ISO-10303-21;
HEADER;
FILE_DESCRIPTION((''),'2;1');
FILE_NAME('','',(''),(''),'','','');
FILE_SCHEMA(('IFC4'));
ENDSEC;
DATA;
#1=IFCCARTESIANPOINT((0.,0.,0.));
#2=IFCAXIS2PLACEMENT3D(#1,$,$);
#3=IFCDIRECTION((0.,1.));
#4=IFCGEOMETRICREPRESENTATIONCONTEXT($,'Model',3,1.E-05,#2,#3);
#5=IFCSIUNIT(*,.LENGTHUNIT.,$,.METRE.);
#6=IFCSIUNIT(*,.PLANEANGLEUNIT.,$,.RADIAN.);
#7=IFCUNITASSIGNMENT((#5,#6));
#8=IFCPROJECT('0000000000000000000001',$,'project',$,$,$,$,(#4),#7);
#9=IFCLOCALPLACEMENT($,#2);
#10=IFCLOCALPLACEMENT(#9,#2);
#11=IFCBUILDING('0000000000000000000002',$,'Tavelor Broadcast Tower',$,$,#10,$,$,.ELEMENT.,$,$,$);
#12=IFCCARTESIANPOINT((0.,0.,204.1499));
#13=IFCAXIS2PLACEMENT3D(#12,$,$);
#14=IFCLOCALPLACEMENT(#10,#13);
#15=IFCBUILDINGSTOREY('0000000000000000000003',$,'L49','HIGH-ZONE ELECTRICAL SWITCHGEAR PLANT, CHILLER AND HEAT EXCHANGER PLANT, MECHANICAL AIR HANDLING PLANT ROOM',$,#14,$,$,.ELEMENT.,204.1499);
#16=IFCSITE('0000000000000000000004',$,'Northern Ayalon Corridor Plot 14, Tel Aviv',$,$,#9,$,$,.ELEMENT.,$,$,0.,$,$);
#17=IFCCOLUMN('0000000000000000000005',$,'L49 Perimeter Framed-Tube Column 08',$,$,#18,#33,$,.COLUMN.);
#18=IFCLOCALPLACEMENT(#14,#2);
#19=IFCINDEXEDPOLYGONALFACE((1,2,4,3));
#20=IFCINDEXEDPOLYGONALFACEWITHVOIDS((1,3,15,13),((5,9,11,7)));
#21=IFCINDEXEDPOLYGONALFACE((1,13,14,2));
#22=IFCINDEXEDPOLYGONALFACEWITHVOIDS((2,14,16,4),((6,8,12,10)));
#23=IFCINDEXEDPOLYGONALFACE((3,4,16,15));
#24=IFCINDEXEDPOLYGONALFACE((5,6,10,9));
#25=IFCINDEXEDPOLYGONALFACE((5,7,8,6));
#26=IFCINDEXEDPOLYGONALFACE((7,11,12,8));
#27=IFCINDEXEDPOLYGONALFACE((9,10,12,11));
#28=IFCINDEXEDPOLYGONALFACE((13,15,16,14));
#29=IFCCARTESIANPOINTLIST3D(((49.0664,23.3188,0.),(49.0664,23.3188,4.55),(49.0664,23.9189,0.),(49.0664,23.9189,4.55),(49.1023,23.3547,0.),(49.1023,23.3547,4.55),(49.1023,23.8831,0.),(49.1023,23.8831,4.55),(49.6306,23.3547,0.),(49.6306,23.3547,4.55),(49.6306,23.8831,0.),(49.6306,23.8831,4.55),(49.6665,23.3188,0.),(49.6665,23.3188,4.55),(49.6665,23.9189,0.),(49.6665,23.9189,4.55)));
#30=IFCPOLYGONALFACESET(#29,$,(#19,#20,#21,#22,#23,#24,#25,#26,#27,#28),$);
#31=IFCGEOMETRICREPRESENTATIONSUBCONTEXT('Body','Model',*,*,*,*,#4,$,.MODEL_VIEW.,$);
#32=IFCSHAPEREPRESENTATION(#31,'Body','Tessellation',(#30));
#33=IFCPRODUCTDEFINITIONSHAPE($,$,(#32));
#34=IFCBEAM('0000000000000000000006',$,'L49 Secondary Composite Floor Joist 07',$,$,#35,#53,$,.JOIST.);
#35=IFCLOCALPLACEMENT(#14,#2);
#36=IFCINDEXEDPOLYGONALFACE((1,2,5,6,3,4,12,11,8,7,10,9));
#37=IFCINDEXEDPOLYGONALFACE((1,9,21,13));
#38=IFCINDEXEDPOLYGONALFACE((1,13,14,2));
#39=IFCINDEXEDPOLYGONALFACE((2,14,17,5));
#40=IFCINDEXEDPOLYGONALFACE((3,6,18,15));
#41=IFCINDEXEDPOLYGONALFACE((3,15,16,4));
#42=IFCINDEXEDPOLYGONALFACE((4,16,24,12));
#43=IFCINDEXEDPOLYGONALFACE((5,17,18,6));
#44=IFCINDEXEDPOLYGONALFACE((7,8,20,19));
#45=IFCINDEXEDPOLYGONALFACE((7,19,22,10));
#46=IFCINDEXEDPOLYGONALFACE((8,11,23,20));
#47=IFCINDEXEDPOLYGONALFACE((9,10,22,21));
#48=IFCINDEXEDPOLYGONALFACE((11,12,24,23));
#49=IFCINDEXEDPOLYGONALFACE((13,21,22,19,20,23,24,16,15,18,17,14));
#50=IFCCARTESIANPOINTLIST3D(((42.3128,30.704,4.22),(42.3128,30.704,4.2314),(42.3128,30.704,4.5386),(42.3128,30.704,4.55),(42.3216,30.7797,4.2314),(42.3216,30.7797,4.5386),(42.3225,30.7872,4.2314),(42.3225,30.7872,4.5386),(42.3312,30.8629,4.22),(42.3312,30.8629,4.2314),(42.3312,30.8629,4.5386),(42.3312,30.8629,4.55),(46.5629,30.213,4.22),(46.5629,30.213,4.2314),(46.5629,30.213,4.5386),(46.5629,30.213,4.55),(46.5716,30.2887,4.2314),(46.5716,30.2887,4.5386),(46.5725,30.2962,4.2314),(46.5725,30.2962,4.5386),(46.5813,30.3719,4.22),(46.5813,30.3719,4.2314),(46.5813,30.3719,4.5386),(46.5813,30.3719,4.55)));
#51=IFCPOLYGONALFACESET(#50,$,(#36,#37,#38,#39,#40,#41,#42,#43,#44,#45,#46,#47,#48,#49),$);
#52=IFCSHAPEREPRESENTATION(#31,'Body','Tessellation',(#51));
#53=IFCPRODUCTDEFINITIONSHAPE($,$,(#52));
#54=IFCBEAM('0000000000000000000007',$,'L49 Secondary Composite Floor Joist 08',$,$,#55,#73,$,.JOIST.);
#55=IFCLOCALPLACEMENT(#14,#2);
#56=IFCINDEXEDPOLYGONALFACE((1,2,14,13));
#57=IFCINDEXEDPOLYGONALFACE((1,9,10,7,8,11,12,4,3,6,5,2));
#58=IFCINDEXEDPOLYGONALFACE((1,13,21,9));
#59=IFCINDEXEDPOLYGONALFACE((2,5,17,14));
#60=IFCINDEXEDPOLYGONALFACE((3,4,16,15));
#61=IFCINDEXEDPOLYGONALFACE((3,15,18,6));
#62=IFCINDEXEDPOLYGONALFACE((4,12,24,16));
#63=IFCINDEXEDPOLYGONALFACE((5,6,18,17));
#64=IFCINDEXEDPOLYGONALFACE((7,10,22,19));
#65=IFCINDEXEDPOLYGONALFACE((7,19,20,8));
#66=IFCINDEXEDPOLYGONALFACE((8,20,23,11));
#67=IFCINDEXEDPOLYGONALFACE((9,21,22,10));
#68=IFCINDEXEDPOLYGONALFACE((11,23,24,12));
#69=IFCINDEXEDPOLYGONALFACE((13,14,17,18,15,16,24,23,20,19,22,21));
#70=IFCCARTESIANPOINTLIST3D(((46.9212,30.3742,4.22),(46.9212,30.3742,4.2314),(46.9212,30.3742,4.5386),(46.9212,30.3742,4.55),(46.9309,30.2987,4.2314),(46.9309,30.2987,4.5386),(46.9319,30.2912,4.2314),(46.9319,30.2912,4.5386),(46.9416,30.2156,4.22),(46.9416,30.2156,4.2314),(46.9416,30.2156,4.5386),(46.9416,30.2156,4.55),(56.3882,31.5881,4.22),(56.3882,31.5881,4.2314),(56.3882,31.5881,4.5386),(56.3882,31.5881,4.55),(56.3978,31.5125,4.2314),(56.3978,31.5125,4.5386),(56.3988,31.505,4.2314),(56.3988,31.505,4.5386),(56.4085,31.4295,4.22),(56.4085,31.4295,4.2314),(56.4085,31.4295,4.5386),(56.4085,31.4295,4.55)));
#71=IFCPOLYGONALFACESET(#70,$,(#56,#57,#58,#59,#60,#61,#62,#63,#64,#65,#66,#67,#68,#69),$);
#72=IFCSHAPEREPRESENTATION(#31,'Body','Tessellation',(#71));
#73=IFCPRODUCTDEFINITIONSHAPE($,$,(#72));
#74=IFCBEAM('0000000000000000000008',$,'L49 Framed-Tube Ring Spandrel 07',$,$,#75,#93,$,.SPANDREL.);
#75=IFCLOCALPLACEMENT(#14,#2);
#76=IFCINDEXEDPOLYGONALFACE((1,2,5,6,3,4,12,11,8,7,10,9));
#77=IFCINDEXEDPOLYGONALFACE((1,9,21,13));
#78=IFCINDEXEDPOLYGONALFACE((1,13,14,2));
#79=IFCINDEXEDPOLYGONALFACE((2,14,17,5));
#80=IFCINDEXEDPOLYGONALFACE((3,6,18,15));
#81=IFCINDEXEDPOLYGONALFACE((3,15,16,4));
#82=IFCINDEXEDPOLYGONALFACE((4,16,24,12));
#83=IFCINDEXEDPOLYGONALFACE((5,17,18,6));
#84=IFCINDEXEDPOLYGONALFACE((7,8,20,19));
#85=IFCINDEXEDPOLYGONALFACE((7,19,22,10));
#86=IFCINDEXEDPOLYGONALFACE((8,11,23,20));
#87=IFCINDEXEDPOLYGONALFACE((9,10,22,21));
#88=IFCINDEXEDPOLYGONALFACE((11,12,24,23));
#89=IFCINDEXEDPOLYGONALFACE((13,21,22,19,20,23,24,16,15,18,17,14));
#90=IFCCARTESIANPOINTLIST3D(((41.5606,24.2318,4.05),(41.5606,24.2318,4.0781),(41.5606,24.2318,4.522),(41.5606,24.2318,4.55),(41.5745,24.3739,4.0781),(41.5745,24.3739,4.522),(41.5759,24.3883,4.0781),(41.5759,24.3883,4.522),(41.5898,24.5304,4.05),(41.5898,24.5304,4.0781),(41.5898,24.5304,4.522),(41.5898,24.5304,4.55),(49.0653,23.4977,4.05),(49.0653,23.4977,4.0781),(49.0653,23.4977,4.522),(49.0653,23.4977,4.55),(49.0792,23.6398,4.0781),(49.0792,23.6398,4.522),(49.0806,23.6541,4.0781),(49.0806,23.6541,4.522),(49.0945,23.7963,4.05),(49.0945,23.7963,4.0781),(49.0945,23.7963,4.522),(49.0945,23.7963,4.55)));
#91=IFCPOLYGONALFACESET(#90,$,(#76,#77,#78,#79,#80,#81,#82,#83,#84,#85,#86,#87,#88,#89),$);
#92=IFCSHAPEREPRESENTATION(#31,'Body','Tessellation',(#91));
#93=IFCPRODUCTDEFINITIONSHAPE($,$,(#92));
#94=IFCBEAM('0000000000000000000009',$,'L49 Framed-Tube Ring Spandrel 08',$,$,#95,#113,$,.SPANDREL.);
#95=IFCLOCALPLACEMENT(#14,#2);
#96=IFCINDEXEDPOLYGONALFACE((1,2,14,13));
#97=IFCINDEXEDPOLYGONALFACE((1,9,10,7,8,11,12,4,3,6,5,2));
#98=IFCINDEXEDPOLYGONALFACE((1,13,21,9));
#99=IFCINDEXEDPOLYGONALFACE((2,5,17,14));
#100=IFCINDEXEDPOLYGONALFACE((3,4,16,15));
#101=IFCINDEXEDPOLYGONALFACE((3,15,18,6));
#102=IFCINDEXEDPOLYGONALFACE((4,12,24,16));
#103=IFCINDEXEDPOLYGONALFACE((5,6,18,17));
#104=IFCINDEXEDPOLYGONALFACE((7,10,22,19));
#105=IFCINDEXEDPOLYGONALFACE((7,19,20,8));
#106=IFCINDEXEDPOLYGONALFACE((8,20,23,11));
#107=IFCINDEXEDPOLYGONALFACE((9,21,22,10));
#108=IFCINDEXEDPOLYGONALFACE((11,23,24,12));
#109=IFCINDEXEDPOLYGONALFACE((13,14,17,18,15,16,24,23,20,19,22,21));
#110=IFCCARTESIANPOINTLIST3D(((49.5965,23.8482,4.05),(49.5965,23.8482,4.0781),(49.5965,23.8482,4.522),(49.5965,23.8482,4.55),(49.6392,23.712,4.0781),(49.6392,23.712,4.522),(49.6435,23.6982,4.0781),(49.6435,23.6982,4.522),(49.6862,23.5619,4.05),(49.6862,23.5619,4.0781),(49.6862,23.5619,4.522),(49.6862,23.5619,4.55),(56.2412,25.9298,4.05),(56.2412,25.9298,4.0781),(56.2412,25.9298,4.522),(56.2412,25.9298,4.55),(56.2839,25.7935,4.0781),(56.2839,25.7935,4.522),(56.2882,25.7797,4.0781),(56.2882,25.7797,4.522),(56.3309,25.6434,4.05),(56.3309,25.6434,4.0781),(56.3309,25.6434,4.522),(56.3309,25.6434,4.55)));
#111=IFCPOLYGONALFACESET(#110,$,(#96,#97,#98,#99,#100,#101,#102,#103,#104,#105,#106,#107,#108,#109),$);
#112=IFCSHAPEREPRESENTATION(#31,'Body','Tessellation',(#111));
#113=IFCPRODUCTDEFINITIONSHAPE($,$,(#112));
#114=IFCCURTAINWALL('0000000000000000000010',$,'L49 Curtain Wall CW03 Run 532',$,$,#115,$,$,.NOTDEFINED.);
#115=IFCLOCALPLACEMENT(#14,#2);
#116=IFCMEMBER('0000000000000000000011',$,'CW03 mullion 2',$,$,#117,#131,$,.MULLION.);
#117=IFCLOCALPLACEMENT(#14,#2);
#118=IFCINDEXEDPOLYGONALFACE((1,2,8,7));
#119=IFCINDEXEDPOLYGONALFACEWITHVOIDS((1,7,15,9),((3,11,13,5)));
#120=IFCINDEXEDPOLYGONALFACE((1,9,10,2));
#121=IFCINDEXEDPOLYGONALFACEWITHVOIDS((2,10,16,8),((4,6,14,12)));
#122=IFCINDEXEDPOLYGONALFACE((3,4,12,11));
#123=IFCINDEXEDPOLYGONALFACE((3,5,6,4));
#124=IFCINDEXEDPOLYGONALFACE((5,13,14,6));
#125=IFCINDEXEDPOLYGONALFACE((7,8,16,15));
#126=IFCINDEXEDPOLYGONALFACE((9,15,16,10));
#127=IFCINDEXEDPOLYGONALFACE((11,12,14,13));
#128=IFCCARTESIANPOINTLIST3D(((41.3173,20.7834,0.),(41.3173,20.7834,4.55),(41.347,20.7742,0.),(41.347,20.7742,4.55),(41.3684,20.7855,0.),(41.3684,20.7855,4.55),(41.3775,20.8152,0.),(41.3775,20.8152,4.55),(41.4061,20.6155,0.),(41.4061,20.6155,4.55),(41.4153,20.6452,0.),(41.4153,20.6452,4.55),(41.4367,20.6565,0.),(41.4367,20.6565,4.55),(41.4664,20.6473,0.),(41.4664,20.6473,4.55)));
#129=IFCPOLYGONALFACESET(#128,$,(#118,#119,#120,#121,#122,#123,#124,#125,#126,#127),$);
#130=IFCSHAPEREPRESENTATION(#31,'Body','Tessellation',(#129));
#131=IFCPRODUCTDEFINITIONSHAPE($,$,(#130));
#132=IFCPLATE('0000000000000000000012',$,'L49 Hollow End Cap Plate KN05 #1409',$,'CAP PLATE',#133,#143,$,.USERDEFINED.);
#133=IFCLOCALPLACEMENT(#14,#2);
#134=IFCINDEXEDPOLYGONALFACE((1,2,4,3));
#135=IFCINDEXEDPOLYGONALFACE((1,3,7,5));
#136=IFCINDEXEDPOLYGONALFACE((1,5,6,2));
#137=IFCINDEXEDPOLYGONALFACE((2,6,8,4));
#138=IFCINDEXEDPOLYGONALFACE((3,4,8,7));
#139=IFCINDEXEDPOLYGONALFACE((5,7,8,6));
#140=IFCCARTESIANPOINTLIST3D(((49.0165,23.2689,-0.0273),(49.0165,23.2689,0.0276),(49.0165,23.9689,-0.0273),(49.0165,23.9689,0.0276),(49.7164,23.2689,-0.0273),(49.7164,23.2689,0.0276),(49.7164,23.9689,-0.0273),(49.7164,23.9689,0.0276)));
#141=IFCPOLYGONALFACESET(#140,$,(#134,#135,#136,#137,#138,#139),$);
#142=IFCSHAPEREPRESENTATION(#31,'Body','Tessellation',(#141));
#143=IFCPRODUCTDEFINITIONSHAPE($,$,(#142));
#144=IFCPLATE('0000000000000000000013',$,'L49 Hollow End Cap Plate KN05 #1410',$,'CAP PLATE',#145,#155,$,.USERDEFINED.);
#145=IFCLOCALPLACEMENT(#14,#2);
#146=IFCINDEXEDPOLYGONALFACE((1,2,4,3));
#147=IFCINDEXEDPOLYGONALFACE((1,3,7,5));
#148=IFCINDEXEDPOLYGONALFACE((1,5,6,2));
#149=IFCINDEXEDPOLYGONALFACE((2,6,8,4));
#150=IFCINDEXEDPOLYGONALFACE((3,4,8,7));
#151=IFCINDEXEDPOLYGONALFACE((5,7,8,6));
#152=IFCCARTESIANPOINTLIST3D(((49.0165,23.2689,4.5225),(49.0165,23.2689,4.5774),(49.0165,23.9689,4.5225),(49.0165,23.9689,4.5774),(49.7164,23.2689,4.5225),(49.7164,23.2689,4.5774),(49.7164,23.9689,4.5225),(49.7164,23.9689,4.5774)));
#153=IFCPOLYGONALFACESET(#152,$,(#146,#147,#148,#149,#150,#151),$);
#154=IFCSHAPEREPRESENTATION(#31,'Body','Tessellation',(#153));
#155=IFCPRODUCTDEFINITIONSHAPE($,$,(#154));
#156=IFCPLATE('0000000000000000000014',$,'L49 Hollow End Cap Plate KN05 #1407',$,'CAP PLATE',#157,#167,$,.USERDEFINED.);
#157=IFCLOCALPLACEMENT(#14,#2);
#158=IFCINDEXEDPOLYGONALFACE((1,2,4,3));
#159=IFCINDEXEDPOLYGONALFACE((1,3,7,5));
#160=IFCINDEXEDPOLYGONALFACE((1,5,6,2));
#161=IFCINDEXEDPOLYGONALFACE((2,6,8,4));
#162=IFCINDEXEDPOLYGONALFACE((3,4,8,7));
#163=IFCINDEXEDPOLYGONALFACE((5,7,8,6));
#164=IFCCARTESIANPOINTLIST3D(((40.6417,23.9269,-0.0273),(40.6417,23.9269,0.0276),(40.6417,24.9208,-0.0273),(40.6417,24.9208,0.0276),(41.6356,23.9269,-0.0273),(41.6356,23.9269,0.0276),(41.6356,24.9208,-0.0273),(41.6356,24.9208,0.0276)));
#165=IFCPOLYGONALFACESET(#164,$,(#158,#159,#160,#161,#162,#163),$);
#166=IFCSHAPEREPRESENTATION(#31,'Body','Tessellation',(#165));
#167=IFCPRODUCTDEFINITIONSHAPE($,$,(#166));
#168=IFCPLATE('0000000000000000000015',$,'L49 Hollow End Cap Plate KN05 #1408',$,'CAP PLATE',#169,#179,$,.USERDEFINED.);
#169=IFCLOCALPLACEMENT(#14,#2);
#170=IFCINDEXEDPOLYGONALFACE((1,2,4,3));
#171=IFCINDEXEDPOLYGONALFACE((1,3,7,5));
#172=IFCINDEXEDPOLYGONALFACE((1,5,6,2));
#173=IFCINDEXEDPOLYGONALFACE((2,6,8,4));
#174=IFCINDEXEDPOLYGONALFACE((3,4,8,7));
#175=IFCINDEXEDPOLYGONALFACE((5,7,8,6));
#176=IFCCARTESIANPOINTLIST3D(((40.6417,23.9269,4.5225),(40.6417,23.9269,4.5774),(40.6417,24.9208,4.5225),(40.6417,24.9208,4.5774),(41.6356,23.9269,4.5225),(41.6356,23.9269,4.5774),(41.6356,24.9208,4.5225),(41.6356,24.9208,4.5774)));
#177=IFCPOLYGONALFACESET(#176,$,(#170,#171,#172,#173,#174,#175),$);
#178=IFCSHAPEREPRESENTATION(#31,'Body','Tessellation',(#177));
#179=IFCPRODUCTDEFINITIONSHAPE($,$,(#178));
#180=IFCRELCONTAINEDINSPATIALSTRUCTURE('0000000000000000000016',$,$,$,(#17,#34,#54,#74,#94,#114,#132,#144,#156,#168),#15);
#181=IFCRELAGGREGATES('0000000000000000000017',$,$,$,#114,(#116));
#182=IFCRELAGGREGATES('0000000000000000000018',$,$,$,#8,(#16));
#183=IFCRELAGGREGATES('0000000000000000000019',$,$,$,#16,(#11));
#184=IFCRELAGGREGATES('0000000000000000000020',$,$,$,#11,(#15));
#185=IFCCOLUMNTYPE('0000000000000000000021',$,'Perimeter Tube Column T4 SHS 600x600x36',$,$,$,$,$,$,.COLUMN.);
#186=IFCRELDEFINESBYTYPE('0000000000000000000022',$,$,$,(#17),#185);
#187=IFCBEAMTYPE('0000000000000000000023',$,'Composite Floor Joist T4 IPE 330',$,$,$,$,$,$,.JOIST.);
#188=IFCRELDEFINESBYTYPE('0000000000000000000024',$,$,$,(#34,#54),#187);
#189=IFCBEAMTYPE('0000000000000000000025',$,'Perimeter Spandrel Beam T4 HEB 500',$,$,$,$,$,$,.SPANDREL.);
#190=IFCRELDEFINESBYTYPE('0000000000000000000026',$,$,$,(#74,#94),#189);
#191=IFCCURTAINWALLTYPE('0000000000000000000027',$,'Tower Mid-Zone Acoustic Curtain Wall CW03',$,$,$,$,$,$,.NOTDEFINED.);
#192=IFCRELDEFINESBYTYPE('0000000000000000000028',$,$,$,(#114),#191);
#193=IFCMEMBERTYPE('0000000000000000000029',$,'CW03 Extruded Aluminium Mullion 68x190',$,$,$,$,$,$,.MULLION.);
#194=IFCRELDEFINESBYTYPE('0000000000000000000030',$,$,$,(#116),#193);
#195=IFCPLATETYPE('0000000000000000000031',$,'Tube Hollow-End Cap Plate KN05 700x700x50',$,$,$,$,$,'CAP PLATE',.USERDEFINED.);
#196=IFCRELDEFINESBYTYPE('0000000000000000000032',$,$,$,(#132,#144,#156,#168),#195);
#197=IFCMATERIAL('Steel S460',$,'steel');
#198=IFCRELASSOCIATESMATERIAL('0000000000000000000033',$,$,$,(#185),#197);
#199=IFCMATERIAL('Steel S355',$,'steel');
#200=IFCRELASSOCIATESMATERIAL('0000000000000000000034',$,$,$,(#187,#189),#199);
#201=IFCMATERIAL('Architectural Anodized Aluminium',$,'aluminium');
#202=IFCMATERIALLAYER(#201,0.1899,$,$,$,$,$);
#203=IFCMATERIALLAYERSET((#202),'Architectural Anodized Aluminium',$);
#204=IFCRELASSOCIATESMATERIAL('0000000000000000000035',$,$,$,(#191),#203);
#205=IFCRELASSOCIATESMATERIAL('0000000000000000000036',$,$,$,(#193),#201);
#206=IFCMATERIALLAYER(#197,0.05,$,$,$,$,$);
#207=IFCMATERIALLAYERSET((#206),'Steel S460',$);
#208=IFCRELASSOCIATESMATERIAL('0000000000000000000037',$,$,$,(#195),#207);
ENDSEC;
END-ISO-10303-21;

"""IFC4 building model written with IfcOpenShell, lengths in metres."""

from ifc_helpers import new_model, si_unit, direction, frame, origin, origin_2d, place, context, subcontext, project, spatial, rectangle, hollow_rectangle, i_section, extrude, source, transform, mapped, material, layer, layer_set, material_profile, profile_set, type_object, type_shapes, element, aggregate, save


model = new_model("IFC4")

# Units and contexts
model_context = context("Model", 3, precision=1e-05, world=origin(), true_north=direction((0.0, 1.0)))
body_context = subcontext(model_context, "Body", "Model", "MODEL_VIEW")
ifc_project = project(units=[si_unit("LENGTHUNIT", "METRE"), si_unit("PLANEANGLEUNIT", "RADIAN")], contexts=[model_context])

# Site, building, storey
site_placement = place(None, origin())
site = spatial("IfcSite", under=ifc_project, at=site_placement, Name="Northern Ayalon Corridor Plot 14, Tel Aviv", CompositionType="ELEMENT", RefElevation=0.0)
building_placement = place(site_placement, origin())
building = spatial("IfcBuilding", under=site, at=building_placement, Name="Tavelor Broadcast Tower", CompositionType="ELEMENT")
storey_placement = place(building_placement, frame((0.0, 0.0, 204.1499)))
storey = spatial("IfcBuildingStorey", under=building, at=storey_placement, Name="L49", Description="HIGH-ZONE ELECTRICAL SWITCHGEAR PLANT, CHILLER AND HEAT EXCHANGER PLANT, MECHANICAL AIR HANDLING PLANT ROOM", CompositionType="ELEMENT", Elevation=204.1499)

# Column
ifc_material_1 = material(Name="Steel S460", Category="steel")
ifc_material_profile_1 = material_profile(ifc_material_1, hollow_rectangle(XDim=0.6001, YDim=0.6001, WallThickness=0.0359, at=origin_2d()), Name="SHS 600x600x36")
ifc_profile_set_1 = profile_set([ifc_material_profile_1], Name="Steel S460")
column_type = type_object("IfcColumnType", Name="Perimeter Tube Column T4 SHS 600x600x36", PredefinedType="COLUMN", material=ifc_profile_set_1)
column_placement = place(storey_placement, frame((49.3665, 23.6189, 0.0), z_axis=(0.0, 0.0, 1.0), x_axis=(1.0, 0.0, 0.0)))
element("IfcColumn", 1, at=column_placement, inside=storey, type_object=column_type, Name="L49 Perimeter Framed-Tube Column 08", PredefinedType="COLUMN", context=body_context, shape_type="SweptSolid", body=[
    extrude(hollow_rectangle(XDim=0.6001, YDim=0.6001, WallThickness=0.0359, at=origin_2d()), origin(), (0.0, 0.0, 1.0), 4.55),
])

# Beams
ifc_material_2 = material(Name="Steel S355", Category="steel")
ifc_material_profile_2 = material_profile(ifc_material_2, i_section(OverallWidth=0.1599, OverallDepth=0.3301, WebThickness=0.0076, FlangeThickness=0.0115, at=origin_2d()), Name="IPE 330")
ifc_profile_set_2 = profile_set([ifc_material_profile_2], Name="Steel S355")
beam_type_1 = type_object("IfcBeamType", Name="Composite Floor Joist T4 IPE 330", PredefinedType="JOIST", material=ifc_profile_set_2)
beam_1_placement = place(storey_placement, frame((42.322, 30.7834, 4.385), z_axis=(0.993393, -0.114758, 0.0), x_axis=(0.114758, 0.993393, 0.0)))
element("IfcBeam", 2, at=beam_1_placement, inside=storey, type_object=beam_type_1, Name="L49 Secondary Composite Floor Joist 07", PredefinedType="JOIST", context=body_context, shape_type="SweptSolid", body=[
    extrude(i_section(OverallWidth=0.1599, OverallDepth=0.3301, WebThickness=0.0076, FlangeThickness=0.0115, at=origin_2d()), origin(), (0.0, 0.0, 1.0), 4.2783),
])
beam_2_placement = place(storey_placement, frame((46.9314, 30.2949, 4.385), z_axis=(0.99188, 0.127179, 0.0), x_axis=(-0.127179, 0.99188, 0.0)))
element("IfcBeam", 3, at=beam_2_placement, inside=storey, type_object=beam_type_1, Name="L49 Secondary Composite Floor Joist 08", PredefinedType="JOIST", context=body_context, shape_type="SweptSolid", body=[
    extrude(i_section(OverallWidth=0.1599, OverallDepth=0.3301, WebThickness=0.0076, FlangeThickness=0.0115, at=origin_2d()), origin(), (0.0, 0.0, 1.0), 9.5444),
])
ifc_material_profile_3 = material_profile(ifc_material_2, i_section(OverallWidth=0.3, OverallDepth=0.5, WebThickness=0.0144, FlangeThickness=0.0281, at=origin_2d()), Name="HEB 500")
ifc_profile_set_3 = profile_set([ifc_material_profile_3], Name="Steel S355")
beam_type_2 = type_object("IfcBeamType", Name="Perimeter Spandrel Beam T4 HEB 500", PredefinedType="SPANDREL", material=ifc_profile_set_3)
beam_3_placement = place(storey_placement, frame((41.5752, 24.3811, 4.3), z_axis=(0.995249, -0.097359, 0.0), x_axis=(0.097359, 0.995249, 0.0)))
element("IfcBeam", 4, at=beam_3_placement, inside=storey, type_object=beam_type_2, Name="L49 Framed-Tube Ring Spandrel 07", PredefinedType="SPANDREL", context=body_context, shape_type="SweptSolid", body=[
    extrude(i_section(OverallWidth=0.3, OverallDepth=0.5, WebThickness=0.0144, FlangeThickness=0.0281, at=origin_2d()), origin(), (0.0, 0.0, 1.0), 7.5405),
])
beam_4_placement = place(storey_placement, frame((49.6414, 23.7051, 4.3), z_axis=(0.954273, 0.298936, 0.0), x_axis=(-0.298936, 0.954273, 0.0)))
element("IfcBeam", 5, at=beam_4_placement, inside=storey, type_object=beam_type_2, Name="L49 Framed-Tube Ring Spandrel 08", PredefinedType="SPANDREL", context=body_context, shape_type="SweptSolid", body=[
    extrude(i_section(OverallWidth=0.3, OverallDepth=0.5, WebThickness=0.0144, FlangeThickness=0.0281, at=origin_2d()), origin(), (0.0, 0.0, 1.0), 6.9631),
])

# Curtain wall, member
ifc_material_3 = material(Name="Architectural Anodized Aluminium", Category="aluminium")
ifc_layer_1 = layer(ifc_material_3, 0.1899)
ifc_layer_set_1 = layer_set([ifc_layer_1], Name="Architectural Anodized Aluminium")
curtain_wall_type = type_object("IfcCurtainWallType", Name="Tower Mid-Zone Acoustic Curtain Wall CW03", PredefinedType="NOTDEFINED", material=ifc_layer_set_1)
curtain_wall_placement = place(storey_placement, origin())
curtain_wall = element("IfcCurtainWall", 6, at=curtain_wall_placement, inside=storey, type_object=curtain_wall_type, Name="L49 Curtain Wall CW03 Run 532", PredefinedType="NOTDEFINED")
ifc_material_profile_4 = material_profile(ifc_material_3, hollow_rectangle(XDim=0.0681, YDim=0.1899, WallThickness=0.022, at=origin_2d()), Name="RHS 68x190x22")
ifc_profile_set_4 = profile_set([ifc_material_profile_4], Name="Architectural Anodized Aluminium")
member_type = type_object("IfcMemberType", Name="CW03 Extruded Aluminium Mullion 68x190", PredefinedType="MULLION", material=ifc_profile_set_4)
shared_shape_1 = source(origin(), body_context, "Body", "SweptSolid", [
    extrude(hollow_rectangle(XDim=0.0681, YDim=0.1899, WallThickness=0.022, at=origin_2d()), origin(), (0.0, 0.0, 1.0), 4.55),
])
type_shapes(member_type, [shared_shape_1])
member_placement = place(storey_placement, frame((41.3918, 20.7153, 0.0), z_axis=(0.0, 0.0, 1.0), x_axis=(0.883959, 0.467564, 0.0)))
member = element("IfcMember", 7, at=member_placement, type_object=member_type, Name="CW03 mullion 2", PredefinedType="MULLION", context=body_context, shape_type="MappedRepresentation", body=[
    mapped(shared_shape_1, transform((0.0, 0.0, 0.0), scale=1.0)),
])
aggregate(curtain_wall, [member])

# Plates
ifc_layer_2 = layer(ifc_material_1, 0.05)
ifc_layer_set_2 = layer_set([ifc_layer_2], Name="Steel S460")
plate_type = type_object("IfcPlateType", Name="Tube Hollow-End Cap Plate KN05 700x700x50", ElementType="CAP PLATE", PredefinedType="USERDEFINED", material=ifc_layer_set_2)
shared_shape_2 = source(origin(), body_context, "Body", "SweptSolid", [
    extrude(rectangle(XDim=0.7, YDim=0.7, at=origin_2d()), origin(), (0.0, 0.0, 1.0), 0.0549),
])
for number, where, z_axis, x_axis, name in (
    (8, (49.3665, 23.6189, -0.0273), (0.0, 0.0, 1.0), (1.0, 0.0, 0.0), "L49 Hollow End Cap Plate KN05 #1409"),
    (9, (49.3665, 23.6189, 4.5225), (0.0, 0.0, 1.0), (1.0, 0.0, 0.0), "L49 Hollow End Cap Plate KN05 #1410"),
):
    element("IfcPlate", number, at=place(storey_placement, frame(where, z_axis=z_axis, x_axis=x_axis)), inside=storey, type_object=plate_type, Name=name, ObjectType="CAP PLATE", PredefinedType="USERDEFINED", context=body_context, shape_type="MappedRepresentation", body=[
        mapped(shared_shape_2, transform((0.0, 0.0, 0.0), scale=1.0)),
    ])
shared_shape_3 = source(origin(), body_context, "Body", "SweptSolid", [
    extrude(rectangle(XDim=0.9939, YDim=0.9939, at=origin_2d()), origin(), (0.0, 0.0, 1.0), 0.0549),
])
type_shapes(plate_type, [shared_shape_2, shared_shape_3])
for number, where, z_axis, x_axis, name in (
    (10, (41.1387, 24.4238, -0.0273), (0.0, 0.0, 1.0), (1.0, 0.0, 0.0), "L49 Hollow End Cap Plate KN05 #1407"),
    (11, (41.1387, 24.4238, 4.5225), (0.0, 0.0, 1.0), (1.0, 0.0, 0.0), "L49 Hollow End Cap Plate KN05 #1408"),
):
    element("IfcPlate", number, at=place(storey_placement, frame(where, z_axis=z_axis, x_axis=x_axis)), inside=storey, type_object=plate_type, Name=name, ObjectType="CAP PLATE", PredefinedType="USERDEFINED", context=body_context, shape_type="MappedRepresentation", body=[
        mapped(shared_shape_3, transform((0.0, 0.0, 0.0), scale=1.0)),
    ])

save(model, "model.ifc")
